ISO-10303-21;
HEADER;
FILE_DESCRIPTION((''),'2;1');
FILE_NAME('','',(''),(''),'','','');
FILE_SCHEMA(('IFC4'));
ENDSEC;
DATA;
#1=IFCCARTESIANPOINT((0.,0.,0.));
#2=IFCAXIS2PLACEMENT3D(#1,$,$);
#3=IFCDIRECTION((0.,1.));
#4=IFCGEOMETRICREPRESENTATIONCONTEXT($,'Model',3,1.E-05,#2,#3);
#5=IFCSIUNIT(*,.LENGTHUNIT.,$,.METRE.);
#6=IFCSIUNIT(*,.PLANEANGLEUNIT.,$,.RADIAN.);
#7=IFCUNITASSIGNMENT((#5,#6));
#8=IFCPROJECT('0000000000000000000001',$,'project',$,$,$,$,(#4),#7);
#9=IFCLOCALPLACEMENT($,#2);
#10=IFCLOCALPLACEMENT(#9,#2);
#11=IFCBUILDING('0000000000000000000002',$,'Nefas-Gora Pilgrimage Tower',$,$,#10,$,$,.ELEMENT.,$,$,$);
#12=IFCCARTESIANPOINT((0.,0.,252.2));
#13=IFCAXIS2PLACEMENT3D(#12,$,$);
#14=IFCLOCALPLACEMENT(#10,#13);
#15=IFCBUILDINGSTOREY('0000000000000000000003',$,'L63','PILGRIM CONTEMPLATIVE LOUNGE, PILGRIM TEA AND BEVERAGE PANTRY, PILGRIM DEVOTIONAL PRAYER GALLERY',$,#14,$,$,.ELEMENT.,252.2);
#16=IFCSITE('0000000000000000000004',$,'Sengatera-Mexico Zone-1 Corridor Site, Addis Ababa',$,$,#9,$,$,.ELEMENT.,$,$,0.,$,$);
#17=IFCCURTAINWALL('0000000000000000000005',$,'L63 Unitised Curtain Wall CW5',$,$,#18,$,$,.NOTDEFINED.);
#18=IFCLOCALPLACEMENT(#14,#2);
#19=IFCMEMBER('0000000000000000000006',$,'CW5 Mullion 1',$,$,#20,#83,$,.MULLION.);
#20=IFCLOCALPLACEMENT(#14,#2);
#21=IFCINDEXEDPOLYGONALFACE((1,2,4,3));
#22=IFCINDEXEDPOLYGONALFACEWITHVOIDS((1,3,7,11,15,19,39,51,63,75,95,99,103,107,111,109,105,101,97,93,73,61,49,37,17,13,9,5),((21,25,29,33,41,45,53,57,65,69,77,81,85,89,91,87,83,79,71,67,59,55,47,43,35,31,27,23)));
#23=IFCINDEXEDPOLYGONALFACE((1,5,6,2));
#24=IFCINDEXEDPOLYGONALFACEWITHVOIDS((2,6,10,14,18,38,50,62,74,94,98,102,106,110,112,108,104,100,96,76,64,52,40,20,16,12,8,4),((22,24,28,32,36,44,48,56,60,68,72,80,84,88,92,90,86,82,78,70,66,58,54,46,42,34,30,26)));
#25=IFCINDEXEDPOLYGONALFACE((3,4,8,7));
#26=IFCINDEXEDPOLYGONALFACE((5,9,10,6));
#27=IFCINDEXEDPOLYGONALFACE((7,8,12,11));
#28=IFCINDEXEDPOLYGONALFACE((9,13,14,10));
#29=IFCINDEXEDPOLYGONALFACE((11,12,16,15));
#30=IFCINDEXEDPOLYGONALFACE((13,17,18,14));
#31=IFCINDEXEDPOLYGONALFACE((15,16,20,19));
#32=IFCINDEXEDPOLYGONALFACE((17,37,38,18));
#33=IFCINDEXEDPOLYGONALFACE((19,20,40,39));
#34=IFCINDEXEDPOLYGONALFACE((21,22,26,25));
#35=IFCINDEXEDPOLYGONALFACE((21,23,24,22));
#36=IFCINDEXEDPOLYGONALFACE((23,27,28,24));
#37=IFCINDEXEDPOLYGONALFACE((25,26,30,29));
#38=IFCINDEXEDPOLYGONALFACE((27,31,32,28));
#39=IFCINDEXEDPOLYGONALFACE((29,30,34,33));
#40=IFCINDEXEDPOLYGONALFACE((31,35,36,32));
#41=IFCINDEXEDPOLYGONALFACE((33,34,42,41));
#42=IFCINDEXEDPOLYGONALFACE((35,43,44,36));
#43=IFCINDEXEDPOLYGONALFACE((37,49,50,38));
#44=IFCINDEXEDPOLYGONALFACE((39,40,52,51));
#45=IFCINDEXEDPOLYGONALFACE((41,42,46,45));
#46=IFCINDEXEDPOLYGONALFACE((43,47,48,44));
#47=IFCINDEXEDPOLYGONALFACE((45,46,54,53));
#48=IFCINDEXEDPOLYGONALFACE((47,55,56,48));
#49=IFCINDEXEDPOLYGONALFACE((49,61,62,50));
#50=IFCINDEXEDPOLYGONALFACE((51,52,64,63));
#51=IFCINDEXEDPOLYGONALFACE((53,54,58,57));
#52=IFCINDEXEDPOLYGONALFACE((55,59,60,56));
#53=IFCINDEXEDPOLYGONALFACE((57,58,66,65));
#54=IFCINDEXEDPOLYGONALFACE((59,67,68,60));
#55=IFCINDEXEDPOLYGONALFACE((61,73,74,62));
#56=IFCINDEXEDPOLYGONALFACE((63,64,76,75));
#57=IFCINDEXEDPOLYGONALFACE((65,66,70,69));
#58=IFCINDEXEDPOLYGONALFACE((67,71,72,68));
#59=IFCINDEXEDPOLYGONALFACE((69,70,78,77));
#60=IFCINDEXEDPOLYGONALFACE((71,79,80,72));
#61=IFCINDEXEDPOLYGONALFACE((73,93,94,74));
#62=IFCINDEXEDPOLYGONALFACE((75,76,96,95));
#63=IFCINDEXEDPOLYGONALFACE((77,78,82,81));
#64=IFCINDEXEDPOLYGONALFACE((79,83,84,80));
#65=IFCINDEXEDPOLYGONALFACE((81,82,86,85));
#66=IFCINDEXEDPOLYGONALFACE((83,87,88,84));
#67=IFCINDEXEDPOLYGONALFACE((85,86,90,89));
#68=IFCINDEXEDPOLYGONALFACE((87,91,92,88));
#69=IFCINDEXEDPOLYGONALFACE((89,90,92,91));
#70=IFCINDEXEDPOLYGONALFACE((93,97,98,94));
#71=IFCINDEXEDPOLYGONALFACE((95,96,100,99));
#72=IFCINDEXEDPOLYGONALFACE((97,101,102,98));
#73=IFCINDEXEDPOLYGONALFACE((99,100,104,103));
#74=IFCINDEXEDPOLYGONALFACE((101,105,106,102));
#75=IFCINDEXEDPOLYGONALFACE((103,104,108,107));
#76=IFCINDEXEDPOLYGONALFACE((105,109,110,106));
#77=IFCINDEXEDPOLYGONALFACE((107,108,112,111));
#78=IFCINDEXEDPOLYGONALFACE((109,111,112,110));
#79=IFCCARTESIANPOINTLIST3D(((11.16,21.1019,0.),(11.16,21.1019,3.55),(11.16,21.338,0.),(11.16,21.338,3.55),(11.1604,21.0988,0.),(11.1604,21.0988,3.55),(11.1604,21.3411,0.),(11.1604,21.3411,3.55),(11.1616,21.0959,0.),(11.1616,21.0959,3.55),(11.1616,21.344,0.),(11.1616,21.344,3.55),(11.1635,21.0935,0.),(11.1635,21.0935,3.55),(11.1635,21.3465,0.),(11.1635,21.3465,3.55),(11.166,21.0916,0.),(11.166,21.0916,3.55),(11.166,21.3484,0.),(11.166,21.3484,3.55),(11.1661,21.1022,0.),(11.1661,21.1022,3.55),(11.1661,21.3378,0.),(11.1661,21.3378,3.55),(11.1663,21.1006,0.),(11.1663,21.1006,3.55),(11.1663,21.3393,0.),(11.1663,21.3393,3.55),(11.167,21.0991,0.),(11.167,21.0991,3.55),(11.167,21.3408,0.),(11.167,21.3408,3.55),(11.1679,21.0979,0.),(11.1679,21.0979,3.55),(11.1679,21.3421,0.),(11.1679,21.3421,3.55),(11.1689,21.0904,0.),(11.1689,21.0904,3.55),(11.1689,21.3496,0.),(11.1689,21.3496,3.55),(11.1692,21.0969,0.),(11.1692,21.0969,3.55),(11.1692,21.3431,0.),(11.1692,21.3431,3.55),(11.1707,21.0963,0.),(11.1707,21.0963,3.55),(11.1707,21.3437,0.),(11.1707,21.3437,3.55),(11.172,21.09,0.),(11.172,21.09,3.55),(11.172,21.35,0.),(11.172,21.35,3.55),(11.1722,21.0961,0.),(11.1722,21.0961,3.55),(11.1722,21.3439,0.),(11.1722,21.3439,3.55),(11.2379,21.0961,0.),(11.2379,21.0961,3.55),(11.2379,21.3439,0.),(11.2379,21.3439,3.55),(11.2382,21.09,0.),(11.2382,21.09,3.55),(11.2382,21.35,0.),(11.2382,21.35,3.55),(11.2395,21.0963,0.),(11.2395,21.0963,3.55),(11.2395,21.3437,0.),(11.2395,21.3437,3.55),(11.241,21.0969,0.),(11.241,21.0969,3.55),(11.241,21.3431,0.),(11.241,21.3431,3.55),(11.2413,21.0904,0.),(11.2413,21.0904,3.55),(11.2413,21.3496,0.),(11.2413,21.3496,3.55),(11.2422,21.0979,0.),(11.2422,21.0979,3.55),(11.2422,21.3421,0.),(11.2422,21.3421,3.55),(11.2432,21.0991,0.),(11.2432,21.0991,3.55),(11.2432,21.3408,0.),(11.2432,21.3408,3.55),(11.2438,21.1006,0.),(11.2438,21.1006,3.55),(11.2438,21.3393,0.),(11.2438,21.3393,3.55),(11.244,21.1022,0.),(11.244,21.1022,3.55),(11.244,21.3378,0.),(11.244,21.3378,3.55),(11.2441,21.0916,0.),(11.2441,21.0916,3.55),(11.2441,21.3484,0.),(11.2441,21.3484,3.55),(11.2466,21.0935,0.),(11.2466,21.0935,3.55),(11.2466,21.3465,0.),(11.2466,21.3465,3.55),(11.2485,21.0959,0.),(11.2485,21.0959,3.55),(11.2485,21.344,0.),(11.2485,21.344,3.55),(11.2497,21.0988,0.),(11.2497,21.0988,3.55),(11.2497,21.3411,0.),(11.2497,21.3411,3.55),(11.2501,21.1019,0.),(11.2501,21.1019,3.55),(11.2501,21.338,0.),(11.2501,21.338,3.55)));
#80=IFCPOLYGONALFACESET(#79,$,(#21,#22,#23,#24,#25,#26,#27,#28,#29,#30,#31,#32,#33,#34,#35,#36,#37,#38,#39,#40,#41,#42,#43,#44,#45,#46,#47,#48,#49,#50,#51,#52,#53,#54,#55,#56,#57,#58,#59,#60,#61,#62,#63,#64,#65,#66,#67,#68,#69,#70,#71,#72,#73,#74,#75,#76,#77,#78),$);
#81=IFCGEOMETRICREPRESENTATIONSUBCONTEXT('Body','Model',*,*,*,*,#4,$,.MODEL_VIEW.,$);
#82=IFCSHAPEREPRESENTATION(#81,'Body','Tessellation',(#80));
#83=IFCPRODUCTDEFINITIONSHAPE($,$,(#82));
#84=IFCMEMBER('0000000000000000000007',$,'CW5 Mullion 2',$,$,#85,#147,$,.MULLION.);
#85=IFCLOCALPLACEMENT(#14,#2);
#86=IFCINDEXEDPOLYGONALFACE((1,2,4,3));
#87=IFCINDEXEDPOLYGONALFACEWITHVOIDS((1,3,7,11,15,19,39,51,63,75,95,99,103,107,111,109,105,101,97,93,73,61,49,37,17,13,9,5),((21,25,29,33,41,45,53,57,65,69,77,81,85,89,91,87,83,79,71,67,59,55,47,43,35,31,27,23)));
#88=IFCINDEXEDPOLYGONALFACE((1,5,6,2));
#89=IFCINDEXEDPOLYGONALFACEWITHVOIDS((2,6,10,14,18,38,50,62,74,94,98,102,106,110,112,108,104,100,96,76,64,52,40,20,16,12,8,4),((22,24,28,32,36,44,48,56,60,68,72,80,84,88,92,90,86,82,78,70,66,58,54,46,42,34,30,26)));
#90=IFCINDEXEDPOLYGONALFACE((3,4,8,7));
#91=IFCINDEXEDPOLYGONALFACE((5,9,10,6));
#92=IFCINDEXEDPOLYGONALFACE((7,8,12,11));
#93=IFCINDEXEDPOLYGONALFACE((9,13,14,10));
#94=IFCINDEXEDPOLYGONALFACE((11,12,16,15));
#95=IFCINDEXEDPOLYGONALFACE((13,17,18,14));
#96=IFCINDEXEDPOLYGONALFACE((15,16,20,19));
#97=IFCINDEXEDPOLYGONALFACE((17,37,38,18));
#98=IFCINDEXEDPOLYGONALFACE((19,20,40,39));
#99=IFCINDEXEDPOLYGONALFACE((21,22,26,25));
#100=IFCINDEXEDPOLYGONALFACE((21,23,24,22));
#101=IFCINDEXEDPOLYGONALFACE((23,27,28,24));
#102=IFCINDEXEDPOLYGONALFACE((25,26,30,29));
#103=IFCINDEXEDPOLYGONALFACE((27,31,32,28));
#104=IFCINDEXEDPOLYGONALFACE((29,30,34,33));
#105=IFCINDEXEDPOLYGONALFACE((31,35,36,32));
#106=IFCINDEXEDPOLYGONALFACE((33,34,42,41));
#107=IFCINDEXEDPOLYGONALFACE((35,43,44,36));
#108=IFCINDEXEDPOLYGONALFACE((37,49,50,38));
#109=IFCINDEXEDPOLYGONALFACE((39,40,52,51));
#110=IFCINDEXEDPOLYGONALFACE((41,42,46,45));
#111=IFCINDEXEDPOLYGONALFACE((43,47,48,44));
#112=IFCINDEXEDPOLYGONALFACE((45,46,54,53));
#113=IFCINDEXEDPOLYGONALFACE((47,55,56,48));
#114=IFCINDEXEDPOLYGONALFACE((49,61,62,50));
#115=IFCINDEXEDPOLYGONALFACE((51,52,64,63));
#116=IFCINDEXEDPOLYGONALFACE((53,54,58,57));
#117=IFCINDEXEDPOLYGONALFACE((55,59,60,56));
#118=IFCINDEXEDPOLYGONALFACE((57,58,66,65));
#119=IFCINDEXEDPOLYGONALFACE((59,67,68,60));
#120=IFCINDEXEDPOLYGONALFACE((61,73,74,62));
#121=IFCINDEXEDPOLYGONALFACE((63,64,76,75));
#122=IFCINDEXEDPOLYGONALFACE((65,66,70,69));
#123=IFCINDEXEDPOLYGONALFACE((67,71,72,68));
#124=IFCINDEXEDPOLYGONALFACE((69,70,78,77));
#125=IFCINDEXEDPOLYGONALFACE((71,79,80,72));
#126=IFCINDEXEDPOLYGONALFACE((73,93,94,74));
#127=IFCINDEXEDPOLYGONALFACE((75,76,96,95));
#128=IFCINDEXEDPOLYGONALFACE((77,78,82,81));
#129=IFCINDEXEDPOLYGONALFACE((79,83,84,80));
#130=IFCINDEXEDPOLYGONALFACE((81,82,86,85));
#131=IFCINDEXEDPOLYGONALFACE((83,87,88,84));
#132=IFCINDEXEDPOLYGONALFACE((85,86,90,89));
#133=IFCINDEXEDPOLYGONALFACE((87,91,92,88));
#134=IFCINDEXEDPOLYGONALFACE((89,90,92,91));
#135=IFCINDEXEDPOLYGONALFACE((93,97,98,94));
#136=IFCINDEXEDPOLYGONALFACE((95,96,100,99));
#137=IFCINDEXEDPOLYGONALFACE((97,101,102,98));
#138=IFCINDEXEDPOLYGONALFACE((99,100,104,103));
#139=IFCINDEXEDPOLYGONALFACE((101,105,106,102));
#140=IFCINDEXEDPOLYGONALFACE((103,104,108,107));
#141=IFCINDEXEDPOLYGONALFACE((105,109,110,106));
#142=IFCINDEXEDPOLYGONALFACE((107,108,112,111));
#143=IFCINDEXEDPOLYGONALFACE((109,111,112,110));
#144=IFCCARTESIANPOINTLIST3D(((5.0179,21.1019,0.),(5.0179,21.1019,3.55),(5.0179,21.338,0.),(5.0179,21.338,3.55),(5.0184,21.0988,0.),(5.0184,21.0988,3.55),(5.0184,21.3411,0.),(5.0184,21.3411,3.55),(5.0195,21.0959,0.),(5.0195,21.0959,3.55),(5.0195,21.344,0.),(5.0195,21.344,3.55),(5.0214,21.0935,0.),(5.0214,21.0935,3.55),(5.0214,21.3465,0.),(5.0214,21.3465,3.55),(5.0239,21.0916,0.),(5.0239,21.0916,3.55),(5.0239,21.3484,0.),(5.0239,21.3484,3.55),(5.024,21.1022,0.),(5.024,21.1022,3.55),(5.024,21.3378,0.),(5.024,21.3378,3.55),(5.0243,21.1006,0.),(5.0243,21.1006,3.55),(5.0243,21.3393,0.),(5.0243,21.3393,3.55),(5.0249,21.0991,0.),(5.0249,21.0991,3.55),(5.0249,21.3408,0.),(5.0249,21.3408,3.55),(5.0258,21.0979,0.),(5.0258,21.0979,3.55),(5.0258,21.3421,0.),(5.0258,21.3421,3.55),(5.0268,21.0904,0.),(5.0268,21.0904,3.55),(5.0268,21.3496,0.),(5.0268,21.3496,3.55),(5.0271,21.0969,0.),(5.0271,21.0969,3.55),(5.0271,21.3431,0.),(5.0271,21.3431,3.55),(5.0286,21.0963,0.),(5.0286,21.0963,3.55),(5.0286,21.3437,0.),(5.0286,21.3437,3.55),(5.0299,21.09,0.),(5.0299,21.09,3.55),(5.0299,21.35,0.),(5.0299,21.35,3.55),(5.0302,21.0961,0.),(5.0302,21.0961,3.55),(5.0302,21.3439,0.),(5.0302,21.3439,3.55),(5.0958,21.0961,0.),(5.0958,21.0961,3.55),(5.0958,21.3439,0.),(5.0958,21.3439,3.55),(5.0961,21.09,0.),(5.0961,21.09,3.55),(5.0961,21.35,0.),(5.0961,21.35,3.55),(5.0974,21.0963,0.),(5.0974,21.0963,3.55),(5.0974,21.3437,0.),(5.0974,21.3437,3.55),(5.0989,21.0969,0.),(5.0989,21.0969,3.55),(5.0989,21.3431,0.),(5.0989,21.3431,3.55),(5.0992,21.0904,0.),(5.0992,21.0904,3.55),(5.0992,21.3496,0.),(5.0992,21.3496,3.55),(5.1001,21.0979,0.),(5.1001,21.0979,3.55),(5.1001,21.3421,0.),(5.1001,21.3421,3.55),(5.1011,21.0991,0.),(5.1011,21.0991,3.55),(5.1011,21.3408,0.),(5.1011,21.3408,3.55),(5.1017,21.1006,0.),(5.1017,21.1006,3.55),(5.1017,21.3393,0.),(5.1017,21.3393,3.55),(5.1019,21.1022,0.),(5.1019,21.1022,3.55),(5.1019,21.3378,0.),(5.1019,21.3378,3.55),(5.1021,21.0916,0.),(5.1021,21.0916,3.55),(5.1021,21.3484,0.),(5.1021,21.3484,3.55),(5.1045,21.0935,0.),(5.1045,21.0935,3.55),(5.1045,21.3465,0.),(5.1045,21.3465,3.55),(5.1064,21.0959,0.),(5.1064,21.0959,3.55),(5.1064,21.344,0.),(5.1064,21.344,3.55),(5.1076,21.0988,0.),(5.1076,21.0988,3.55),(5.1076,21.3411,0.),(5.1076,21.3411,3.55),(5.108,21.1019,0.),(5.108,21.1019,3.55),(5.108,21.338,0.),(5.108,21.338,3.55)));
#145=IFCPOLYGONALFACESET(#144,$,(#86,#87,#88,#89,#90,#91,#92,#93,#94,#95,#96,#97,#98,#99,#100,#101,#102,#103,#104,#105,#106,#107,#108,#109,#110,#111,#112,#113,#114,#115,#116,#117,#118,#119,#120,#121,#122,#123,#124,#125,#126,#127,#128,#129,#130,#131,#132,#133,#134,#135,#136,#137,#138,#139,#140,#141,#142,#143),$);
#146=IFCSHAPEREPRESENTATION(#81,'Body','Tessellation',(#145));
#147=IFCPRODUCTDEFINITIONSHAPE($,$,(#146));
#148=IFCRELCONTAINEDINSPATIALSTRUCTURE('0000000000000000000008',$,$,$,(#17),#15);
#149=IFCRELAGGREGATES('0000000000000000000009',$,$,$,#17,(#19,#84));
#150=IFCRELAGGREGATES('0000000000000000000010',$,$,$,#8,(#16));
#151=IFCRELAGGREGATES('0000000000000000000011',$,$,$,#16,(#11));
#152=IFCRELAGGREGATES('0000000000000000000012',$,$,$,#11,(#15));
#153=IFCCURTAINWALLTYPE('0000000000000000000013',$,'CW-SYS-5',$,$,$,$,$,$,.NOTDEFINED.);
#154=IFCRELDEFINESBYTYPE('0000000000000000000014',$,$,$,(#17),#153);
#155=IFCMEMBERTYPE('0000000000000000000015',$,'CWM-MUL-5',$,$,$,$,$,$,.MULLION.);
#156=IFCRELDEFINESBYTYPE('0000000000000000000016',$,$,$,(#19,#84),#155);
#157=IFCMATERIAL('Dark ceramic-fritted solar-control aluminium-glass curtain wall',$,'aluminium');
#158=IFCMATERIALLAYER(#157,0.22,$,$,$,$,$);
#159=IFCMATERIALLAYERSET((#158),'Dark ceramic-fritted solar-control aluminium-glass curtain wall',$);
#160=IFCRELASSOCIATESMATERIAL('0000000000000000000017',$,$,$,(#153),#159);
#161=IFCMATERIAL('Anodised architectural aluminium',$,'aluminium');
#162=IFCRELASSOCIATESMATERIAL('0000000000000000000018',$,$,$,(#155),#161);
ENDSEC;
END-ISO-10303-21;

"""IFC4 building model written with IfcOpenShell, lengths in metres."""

from ifc_helpers import new_model, si_unit, direction, frame, origin, origin_2d, place, context, subcontext, project, spatial, hollow_rectangle, extrude, source, transform, mapped, material, layer, layer_set, material_profile, profile_set, type_object, element, aggregate, save


model = new_model("IFC4")

# Units and contexts
model_context = context("Model", 3, precision=1e-05, world=origin(), true_north=direction((0.0, 1.0)))
body_context = subcontext(model_context, "Body", "Model", "MODEL_VIEW")
ifc_project = project(units=[si_unit("LENGTHUNIT", "METRE"), si_unit("PLANEANGLEUNIT", "RADIAN")], contexts=[model_context])

# Site, building, storey
site_placement = place(None, origin())
site = spatial("IfcSite", under=ifc_project, at=site_placement, Name="Sengatera-Mexico Zone-1 Corridor Site, Addis Ababa", CompositionType="ELEMENT", RefElevation=0.0)
building_placement = place(site_placement, origin())
building = spatial("IfcBuilding", under=site, at=building_placement, Name="Nefas-Gora Pilgrimage Tower", CompositionType="ELEMENT")
storey_placement = place(building_placement, frame((0.0, 0.0, 252.2)))
storey = spatial("IfcBuildingStorey", under=building, at=storey_placement, Name="L63", Description="PILGRIM CONTEMPLATIVE LOUNGE, PILGRIM TEA AND BEVERAGE PANTRY, PILGRIM DEVOTIONAL PRAYER GALLERY", CompositionType="ELEMENT", Elevation=252.2)

# Curtain wall, members
ifc_material_1 = material(Name="Dark ceramic-fritted solar-control aluminium-glass curtain wall", Category="aluminium")
ifc_layer_1 = layer(ifc_material_1, 0.22)
ifc_layer_set_1 = layer_set([ifc_layer_1], Name="Dark ceramic-fritted solar-control aluminium-glass curtain wall")
curtain_wall_type_1 = type_object("IfcCurtainWallType", Name="CW-SYS-5", PredefinedType="NOTDEFINED", material=ifc_layer_set_1)
curtain_wall_1_placement = place(storey_placement, origin())
curtain_wall_1 = element("IfcCurtainWall", 1, at=curtain_wall_1_placement, inside=storey, type_object=curtain_wall_type_1, Name="L63 Unitised Curtain Wall CW5", PredefinedType="NOTDEFINED")
ifc_material_2 = material(Name="Anodised architectural aluminium", Category="aluminium")
ifc_material_profile_1 = material_profile(ifc_material_2, hollow_rectangle(XDim=0.0901, YDim=0.26, WallThickness=0.0061, InnerFilletRadius=0.0061, OuterFilletRadius=0.012, at=origin_2d()), Name="ALU MULLION 90x260")
ifc_profile_set_1 = profile_set([ifc_material_profile_1], Name="Anodised architectural aluminium")
member_type_1 = type_object("IfcMemberType", Name="CWM-MUL-5", PredefinedType="MULLION", material=ifc_profile_set_1)
shared_shape_1 = source(origin(), body_context, "Body", "SweptSolid", [
    extrude(hollow_rectangle(XDim=0.0901, YDim=0.26, WallThickness=0.0061, InnerFilletRadius=0.0061, OuterFilletRadius=0.012, at=origin_2d()), origin(), (0.0, 0.0, 1.0), 3.55),
])
member_1_placement = place(storey_placement, frame((11.2051, 21.22, 0.0), z_axis=(0.0, 0.0, 1.0), x_axis=(-1.0, 0.0, 0.0)))
member_1 = element("IfcMember", 2, at=member_1_placement, type_object=member_type_1, Name="CW5 Mullion 1", PredefinedType="MULLION", context=body_context, shape_type="MappedRepresentation", body=[
    mapped(shared_shape_1, transform((0.0, 0.0, 0.0), x_axis=(1.0, 0.0, 0.0), y_axis=(0.0, 1.0, 0.0), z_axis=(0.0, 0.0, 1.0), scale=1.0)),
])
member_2_placement = place(storey_placement, frame((5.063, 21.22, 0.0), z_axis=(0.0, 0.0, 1.0), x_axis=(-1.0, 0.0, 0.0)))
member_2 = element("IfcMember", 3, at=member_2_placement, type_object=member_type_1, Name="CW5 Mullion 2", PredefinedType="MULLION", context=body_context, shape_type="MappedRepresentation", body=[
    mapped(shared_shape_1, transform((0.0, 0.0, 0.0), x_axis=(1.0, 0.0, 0.0), y_axis=(0.0, 1.0, 0.0), z_axis=(0.0, 0.0, 1.0), scale=1.0)),
])

aggregate(curtain_wall_1, [member_1, member_2])

save(model, "model.ifc")
